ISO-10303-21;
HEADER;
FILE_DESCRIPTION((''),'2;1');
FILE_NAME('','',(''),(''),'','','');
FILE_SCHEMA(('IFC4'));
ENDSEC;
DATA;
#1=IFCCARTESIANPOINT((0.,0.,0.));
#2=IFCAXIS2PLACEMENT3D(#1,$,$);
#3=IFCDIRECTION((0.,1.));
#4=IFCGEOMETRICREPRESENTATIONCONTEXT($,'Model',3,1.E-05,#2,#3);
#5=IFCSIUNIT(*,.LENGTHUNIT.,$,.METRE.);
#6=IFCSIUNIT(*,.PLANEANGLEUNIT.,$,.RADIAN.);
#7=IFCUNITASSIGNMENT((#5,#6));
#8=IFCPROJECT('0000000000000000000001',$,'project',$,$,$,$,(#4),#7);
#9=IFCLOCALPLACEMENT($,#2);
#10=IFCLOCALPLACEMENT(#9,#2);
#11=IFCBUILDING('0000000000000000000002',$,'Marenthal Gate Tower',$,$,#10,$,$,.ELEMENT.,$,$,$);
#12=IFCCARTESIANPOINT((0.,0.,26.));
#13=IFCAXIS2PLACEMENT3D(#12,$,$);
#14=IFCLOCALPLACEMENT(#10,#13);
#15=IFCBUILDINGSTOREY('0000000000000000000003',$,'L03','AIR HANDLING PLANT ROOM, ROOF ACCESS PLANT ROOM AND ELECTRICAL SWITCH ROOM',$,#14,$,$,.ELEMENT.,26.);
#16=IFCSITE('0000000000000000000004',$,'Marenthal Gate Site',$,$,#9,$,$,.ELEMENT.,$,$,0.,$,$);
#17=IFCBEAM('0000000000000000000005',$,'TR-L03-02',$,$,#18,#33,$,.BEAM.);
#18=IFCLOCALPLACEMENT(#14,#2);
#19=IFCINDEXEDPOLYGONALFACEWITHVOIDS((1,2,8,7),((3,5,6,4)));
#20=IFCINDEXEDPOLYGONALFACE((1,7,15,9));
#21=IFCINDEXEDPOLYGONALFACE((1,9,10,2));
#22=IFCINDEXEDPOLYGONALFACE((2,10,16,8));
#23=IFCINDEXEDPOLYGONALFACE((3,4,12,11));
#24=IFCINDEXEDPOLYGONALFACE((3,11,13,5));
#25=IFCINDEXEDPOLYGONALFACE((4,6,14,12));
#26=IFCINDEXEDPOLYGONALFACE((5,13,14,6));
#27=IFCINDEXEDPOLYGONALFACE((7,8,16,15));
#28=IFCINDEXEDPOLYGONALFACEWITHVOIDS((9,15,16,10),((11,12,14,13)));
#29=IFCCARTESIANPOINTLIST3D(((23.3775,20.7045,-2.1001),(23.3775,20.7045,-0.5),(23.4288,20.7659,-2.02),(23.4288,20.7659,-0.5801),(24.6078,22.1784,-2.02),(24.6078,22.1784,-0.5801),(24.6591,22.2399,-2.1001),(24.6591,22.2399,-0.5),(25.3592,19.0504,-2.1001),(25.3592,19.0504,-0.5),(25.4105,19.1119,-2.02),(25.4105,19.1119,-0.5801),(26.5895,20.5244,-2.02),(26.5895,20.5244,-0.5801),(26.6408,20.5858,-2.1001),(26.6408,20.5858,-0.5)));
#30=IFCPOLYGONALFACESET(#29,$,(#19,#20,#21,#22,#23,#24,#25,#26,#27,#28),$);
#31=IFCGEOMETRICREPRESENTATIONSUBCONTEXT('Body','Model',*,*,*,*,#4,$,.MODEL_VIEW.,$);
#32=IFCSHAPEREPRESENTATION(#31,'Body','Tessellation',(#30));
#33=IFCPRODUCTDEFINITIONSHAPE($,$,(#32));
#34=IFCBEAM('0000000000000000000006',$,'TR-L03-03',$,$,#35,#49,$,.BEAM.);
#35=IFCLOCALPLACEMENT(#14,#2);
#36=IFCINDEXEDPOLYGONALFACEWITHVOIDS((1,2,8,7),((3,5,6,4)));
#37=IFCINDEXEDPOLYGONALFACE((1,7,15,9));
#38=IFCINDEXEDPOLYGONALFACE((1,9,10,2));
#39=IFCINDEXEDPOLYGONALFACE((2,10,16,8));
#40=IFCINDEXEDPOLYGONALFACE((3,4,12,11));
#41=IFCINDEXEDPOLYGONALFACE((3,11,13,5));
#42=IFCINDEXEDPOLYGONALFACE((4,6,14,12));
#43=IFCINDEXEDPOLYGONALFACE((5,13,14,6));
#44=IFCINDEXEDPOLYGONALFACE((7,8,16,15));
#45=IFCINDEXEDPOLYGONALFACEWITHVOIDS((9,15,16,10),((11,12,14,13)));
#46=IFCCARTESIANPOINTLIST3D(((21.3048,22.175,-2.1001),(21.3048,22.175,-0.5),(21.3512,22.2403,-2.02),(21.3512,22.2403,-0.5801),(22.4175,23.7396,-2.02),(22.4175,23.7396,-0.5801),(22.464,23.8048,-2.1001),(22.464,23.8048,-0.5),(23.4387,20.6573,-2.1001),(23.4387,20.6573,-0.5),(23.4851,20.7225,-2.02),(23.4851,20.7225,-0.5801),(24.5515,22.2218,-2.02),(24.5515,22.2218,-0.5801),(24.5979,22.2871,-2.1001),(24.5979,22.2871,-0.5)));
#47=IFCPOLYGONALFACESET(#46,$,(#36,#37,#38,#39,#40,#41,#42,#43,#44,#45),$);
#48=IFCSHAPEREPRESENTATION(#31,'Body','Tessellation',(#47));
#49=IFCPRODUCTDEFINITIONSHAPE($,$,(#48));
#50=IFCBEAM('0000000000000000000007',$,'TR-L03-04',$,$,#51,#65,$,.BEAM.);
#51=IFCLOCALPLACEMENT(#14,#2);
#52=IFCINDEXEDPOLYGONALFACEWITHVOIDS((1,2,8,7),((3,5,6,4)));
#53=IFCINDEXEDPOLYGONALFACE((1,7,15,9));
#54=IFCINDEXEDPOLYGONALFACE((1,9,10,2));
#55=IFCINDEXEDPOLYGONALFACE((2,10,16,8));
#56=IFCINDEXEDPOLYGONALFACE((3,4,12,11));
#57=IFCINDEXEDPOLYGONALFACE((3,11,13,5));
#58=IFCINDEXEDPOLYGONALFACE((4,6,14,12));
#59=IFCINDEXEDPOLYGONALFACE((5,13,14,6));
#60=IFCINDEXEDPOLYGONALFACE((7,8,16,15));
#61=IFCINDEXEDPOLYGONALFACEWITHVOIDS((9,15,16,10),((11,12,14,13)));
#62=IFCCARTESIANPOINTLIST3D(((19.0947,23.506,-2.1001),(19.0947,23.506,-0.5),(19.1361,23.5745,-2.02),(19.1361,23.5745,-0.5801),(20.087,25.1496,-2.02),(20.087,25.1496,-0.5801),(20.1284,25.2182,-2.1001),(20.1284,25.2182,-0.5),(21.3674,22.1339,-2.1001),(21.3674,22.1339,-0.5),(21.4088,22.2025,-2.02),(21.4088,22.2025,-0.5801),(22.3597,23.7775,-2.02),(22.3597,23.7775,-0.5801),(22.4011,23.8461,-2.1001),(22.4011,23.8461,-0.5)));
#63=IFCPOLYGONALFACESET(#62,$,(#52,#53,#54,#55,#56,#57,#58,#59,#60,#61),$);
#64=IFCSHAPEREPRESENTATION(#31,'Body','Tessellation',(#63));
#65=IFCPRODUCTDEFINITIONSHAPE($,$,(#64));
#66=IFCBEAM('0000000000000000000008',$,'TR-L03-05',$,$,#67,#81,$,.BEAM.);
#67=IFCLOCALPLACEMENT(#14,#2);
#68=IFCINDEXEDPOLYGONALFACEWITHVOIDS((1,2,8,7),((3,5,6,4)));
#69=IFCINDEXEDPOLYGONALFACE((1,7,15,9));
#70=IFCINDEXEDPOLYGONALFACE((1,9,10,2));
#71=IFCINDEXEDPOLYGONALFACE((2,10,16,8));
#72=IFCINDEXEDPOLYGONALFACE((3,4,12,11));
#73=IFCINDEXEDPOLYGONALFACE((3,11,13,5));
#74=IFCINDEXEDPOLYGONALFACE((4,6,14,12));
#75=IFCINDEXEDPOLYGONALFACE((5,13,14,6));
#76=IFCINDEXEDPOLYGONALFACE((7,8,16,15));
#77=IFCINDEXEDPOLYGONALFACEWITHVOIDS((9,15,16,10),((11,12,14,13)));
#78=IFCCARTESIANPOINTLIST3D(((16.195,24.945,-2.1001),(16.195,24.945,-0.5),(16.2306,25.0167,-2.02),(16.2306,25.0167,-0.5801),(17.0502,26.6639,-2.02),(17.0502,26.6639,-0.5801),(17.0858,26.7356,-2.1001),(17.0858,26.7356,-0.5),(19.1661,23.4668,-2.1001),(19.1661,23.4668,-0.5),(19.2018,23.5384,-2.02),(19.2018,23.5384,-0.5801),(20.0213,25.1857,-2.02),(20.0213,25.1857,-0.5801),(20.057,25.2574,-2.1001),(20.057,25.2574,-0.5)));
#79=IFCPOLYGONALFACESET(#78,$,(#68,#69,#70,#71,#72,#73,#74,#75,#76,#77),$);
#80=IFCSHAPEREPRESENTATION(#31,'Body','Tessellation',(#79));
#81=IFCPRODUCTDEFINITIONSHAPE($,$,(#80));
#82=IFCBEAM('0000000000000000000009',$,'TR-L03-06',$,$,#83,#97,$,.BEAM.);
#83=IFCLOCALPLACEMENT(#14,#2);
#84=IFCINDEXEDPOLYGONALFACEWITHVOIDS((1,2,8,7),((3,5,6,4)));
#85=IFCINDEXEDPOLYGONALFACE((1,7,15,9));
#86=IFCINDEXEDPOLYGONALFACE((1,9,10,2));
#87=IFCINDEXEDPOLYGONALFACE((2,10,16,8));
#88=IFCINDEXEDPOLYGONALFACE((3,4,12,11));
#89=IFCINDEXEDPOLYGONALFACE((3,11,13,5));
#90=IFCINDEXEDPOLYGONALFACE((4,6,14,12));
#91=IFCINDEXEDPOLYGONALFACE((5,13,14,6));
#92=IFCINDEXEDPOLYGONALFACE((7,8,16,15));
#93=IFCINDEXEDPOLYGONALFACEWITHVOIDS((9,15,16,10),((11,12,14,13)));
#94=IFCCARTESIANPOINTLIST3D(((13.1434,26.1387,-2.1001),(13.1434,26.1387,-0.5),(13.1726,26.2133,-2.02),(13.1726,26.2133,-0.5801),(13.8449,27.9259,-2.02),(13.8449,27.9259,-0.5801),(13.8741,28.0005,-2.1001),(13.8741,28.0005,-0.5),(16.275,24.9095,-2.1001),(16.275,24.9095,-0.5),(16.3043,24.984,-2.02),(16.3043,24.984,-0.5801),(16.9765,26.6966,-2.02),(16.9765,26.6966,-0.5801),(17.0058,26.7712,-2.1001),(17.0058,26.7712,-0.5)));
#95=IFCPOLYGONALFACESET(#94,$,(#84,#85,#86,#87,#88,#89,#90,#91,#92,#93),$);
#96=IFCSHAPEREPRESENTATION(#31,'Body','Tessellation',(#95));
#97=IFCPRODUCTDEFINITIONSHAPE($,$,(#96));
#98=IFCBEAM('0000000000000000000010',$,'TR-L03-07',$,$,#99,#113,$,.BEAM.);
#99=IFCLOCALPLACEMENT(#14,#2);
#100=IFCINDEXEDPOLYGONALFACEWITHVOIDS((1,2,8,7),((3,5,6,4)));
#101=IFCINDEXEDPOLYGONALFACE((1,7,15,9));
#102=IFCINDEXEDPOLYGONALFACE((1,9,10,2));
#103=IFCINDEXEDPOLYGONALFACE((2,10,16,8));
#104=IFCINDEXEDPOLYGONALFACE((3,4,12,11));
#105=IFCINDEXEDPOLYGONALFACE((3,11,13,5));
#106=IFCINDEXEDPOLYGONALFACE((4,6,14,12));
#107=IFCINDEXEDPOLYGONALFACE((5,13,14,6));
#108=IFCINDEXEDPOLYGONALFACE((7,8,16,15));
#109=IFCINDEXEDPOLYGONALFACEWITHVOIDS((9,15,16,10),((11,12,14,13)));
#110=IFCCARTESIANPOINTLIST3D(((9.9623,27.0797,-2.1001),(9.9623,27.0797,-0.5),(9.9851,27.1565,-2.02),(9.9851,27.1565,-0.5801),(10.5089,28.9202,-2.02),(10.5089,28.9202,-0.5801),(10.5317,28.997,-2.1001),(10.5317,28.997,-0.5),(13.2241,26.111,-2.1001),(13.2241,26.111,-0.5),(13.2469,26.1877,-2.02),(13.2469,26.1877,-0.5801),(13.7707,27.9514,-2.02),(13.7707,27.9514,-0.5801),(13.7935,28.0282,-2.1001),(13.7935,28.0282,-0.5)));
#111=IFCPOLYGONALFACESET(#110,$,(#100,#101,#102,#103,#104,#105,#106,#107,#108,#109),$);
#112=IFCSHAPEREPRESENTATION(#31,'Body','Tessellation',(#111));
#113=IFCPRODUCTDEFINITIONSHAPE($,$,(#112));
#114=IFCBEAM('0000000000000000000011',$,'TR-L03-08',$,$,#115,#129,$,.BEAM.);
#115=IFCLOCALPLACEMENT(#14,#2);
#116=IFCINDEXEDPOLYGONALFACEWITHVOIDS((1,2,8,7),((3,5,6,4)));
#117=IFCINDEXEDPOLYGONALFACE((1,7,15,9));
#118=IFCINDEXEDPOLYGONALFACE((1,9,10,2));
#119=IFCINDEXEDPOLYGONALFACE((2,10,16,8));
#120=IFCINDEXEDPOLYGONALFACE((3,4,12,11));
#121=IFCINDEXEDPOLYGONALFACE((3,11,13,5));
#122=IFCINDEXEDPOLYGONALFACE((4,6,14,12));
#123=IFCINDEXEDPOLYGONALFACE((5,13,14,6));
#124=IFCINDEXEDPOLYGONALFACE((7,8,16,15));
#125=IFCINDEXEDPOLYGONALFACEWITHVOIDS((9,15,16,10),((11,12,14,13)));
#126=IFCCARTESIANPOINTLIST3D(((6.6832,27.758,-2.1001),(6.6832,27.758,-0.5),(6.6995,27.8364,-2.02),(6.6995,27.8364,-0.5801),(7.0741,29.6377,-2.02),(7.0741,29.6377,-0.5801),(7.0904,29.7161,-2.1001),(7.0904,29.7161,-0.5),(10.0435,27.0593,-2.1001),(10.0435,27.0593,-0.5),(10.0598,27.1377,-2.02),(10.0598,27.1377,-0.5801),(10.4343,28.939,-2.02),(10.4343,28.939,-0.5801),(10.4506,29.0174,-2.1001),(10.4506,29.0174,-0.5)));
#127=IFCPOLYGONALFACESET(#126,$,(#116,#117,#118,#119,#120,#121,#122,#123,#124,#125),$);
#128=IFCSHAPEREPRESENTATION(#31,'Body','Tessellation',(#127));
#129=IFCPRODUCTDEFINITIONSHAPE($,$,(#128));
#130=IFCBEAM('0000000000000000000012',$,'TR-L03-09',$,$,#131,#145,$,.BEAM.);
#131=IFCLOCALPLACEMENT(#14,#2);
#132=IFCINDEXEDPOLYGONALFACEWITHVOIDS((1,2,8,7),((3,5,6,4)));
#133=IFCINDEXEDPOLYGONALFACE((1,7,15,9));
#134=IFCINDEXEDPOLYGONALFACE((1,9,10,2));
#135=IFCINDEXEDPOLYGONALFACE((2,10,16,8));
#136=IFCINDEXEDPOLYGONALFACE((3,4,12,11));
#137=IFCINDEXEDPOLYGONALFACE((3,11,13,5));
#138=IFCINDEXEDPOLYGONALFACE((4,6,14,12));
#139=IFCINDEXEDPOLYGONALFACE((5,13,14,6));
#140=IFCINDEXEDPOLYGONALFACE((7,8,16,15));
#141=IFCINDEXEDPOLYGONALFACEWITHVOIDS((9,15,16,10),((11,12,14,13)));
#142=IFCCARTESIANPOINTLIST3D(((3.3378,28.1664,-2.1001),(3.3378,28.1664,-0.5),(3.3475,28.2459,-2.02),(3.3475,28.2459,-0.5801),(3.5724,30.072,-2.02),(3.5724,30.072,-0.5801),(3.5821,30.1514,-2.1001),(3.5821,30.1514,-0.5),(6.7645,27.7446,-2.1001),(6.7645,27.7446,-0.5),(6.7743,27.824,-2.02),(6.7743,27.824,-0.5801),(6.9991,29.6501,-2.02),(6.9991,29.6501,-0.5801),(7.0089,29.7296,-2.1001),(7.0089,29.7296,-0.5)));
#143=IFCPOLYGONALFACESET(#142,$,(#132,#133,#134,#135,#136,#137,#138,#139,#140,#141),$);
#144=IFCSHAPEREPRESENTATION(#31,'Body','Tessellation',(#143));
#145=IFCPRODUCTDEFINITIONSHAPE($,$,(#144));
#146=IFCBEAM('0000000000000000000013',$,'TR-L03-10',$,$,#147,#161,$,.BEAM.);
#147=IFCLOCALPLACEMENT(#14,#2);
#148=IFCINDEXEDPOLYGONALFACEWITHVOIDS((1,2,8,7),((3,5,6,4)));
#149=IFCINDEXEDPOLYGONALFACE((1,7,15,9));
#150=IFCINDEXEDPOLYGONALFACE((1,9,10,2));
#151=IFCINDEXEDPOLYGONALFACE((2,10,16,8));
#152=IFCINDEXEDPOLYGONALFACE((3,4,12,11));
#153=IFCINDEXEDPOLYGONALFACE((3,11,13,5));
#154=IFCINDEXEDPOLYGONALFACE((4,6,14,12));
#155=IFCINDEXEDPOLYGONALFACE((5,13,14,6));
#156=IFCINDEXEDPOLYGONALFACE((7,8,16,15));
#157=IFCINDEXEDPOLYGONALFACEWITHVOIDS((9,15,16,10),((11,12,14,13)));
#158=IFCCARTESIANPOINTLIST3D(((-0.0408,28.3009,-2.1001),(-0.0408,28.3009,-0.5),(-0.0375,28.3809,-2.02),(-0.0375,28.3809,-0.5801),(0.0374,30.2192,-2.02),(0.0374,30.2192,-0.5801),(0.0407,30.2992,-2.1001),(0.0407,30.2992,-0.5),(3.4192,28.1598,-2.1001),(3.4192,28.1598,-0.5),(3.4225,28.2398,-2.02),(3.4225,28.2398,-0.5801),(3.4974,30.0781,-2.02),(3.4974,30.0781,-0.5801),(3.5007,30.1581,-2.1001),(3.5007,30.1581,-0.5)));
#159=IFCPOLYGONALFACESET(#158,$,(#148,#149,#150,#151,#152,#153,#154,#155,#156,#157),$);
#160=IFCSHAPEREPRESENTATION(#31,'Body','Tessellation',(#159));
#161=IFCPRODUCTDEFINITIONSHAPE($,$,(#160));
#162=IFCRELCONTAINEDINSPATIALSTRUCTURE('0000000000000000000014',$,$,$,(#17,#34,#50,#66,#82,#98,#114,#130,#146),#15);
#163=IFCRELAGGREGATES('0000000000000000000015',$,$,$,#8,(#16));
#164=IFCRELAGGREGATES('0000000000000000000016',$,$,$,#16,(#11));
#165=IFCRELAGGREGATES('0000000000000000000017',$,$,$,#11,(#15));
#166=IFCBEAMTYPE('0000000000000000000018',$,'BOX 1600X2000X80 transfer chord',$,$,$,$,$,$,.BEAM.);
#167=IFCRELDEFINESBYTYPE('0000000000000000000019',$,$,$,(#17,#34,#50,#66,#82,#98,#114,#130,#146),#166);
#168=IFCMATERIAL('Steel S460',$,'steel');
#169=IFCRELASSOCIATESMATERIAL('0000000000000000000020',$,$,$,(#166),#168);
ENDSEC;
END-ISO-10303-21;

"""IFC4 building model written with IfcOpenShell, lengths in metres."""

from ifc_helpers import new_model, si_unit, direction, frame, origin, origin_2d, place, context, subcontext, project, spatial, hollow_rectangle, extrude, material, material_profile, profile_set, type_object, element, save


model = new_model("IFC4")

# Units and contexts
model_context = context("Model", 3, precision=1e-05, world=origin(), true_north=direction((0.0, 1.0)))
body_context = subcontext(model_context, "Body", "Model", "MODEL_VIEW")
ifc_project = project(units=[si_unit("LENGTHUNIT", "METRE"), si_unit("PLANEANGLEUNIT", "RADIAN")], contexts=[model_context])

# Site, building, storey
site_placement = place(None, origin())
site = spatial("IfcSite", under=ifc_project, at=site_placement, Name="Marenthal Gate Site", CompositionType="ELEMENT", RefElevation=0.0)
building_placement = place(site_placement, origin())
building = spatial("IfcBuilding", under=site, at=building_placement, Name="Marenthal Gate Tower", CompositionType="ELEMENT")
storey_placement = place(building_placement, frame((0.0, 0.0, 26.0)))
storey = spatial("IfcBuildingStorey", under=building, at=storey_placement, Name="L03", Description="AIR HANDLING PLANT ROOM, ROOF ACCESS PLANT ROOM AND ELECTRICAL SWITCH ROOM", CompositionType="ELEMENT", Elevation=26.0)

# Beams
ifc_material_1 = material(Name="Steel S460", Category="steel")
ifc_material_profile_1 = material_profile(ifc_material_1, hollow_rectangle(XDim=2.0, YDim=1.6001, WallThickness=0.0801, at=origin_2d()), Name="BOX 1600X2000X80")
ifc_profile_set_1 = profile_set([ifc_material_profile_1], Name="Steel S460")
beam_type_1 = type_object("IfcBeamType", Name="BOX 1600X2000X80 transfer chord", PredefinedType="BEAM", material=ifc_profile_set_1)
beam_1_placement = place(storey_placement, frame((26.0, 19.8181, -1.3), z_axis=(-0.767717, 0.640789, 0.0), x_axis=(-0.640789, -0.767717, 0.0)))
element("IfcBeam", 1, at=beam_1_placement, inside=storey, type_object=beam_type_1, Name="TR-L03-02", PredefinedType="BEAM", context=body_context, shape_type="SweptSolid", body=[
    extrude(hollow_rectangle(XDim=2.0, YDim=1.6001, WallThickness=0.0801, at=origin_2d()), origin(), (0.0, 0.0, 1.0), 2.5813),
])
beam_2_placement = place(storey_placement, frame((24.0183, 21.4722, -1.3), z_axis=(-0.814903, 0.579597, 0.0), x_axis=(-0.579597, -0.814903, 0.0)))
element("IfcBeam", 2, at=beam_2_placement, inside=storey, type_object=beam_type_1, Name="TR-L03-03", PredefinedType="BEAM", context=body_context, shape_type="SweptSolid", body=[
    extrude(hollow_rectangle(XDim=2.0, YDim=1.6001, WallThickness=0.0801, at=origin_2d()), origin(), (0.0, 0.0, 1.0), 2.6187),
])
beam_3_placement = place(storey_placement, frame((21.8843, 22.99, -1.3), z_axis=(-0.856086, 0.516833, 0.0), x_axis=(-0.516833, -0.856086, 0.0)))
element("IfcBeam", 3, at=beam_3_placement, inside=storey, type_object=beam_type_1, Name="TR-L03-04", PredefinedType="BEAM", context=body_context, shape_type="SweptSolid", body=[
    extrude(hollow_rectangle(XDim=2.0, YDim=1.6001, WallThickness=0.0801, at=origin_2d()), origin(), (0.0, 0.0, 1.0), 2.6548),
])
beam_4_placement = place(storey_placement, frame((19.6116, 24.3621, -1.3), z_axis=(-0.895308, 0.445447, 0.0), x_axis=(-0.445447, -0.895308, 0.0)))
element("IfcBeam", 4, at=beam_4_placement, inside=storey, type_object=beam_type_1, Name="TR-L03-05", PredefinedType="BEAM", context=body_context, shape_type="SweptSolid", body=[
    extrude(hollow_rectangle(XDim=2.0, YDim=1.6001, WallThickness=0.0801, at=origin_2d()), origin(), (0.0, 0.0, 1.0), 3.3186),
])
beam_5_placement = place(storey_placement, frame((16.6404, 25.8403, -1.3), z_axis=(-0.930855, 0.36539, 0.0), x_axis=(-0.36539, -0.930855, 0.0)))
element("IfcBeam", 5, at=beam_5_placement, inside=storey, type_object=beam_type_1, Name="TR-L03-06", PredefinedType="BEAM", context=body_context, shape_type="SweptSolid", body=[
    extrude(hollow_rectangle(XDim=2.0, YDim=1.6001, WallThickness=0.0801, at=origin_2d()), origin(), (0.0, 0.0, 1.0), 3.3643),
])
beam_6_placement = place(storey_placement, frame((13.5088, 27.0696, -1.3), z_axis=(-0.958613, 0.284714, 0.0), x_axis=(-0.284714, -0.958613, 0.0)))
element("IfcBeam", 6, at=beam_6_placement, inside=storey, type_object=beam_type_1, Name="TR-L03-07", PredefinedType="BEAM", context=body_context, shape_type="SweptSolid", body=[
    extrude(hollow_rectangle(XDim=2.0, YDim=1.6001, WallThickness=0.0801, at=origin_2d()), origin(), (0.0, 0.0, 1.0), 3.4026),
])
beam_7_placement = place(storey_placement, frame((10.2471, 28.0383, -1.3), z_axis=(-0.979058, 0.203579, 0.0), x_axis=(-0.203579, -0.979058, 0.0)))
element("IfcBeam", 7, at=beam_7_placement, inside=storey, type_object=beam_type_1, Name="TR-L03-08", PredefinedType="BEAM", context=body_context, shape_type="SweptSolid", body=[
    extrude(hollow_rectangle(XDim=2.0, YDim=1.6001, WallThickness=0.0801, at=origin_2d()), origin(), (0.0, 0.0, 1.0), 3.4321),
])
beam_8_placement = place(storey_placement, frame((6.8867, 28.7371, -1.3), z_axis=(-0.992507, 0.122189, 0.0), x_axis=(-0.122189, -0.992507, 0.0)))
element("IfcBeam", 8, at=beam_8_placement, inside=storey, type_object=beam_type_1, Name="TR-L03-09", PredefinedType="BEAM", context=body_context, shape_type="SweptSolid", body=[
    extrude(hollow_rectangle(XDim=2.0, YDim=1.6001, WallThickness=0.0801, at=origin_2d()), origin(), (0.0, 0.0, 1.0), 3.4526),
])
beam_9_placement = place(storey_placement, frame((3.46, 29.1589, -1.3), z_axis=(-0.999169, 0.040751, 0.0), x_axis=(-0.040751, -0.999169, 0.0)))
element("IfcBeam", 9, at=beam_9_placement, inside=storey, type_object=beam_type_1, Name="TR-L03-10", PredefinedType="BEAM", context=body_context, shape_type="SweptSolid", body=[
    extrude(hollow_rectangle(XDim=2.0, YDim=1.6001, WallThickness=0.0801, at=origin_2d()), origin(), (0.0, 0.0, 1.0), 3.4629),
])

save(model, "model.ifc")
